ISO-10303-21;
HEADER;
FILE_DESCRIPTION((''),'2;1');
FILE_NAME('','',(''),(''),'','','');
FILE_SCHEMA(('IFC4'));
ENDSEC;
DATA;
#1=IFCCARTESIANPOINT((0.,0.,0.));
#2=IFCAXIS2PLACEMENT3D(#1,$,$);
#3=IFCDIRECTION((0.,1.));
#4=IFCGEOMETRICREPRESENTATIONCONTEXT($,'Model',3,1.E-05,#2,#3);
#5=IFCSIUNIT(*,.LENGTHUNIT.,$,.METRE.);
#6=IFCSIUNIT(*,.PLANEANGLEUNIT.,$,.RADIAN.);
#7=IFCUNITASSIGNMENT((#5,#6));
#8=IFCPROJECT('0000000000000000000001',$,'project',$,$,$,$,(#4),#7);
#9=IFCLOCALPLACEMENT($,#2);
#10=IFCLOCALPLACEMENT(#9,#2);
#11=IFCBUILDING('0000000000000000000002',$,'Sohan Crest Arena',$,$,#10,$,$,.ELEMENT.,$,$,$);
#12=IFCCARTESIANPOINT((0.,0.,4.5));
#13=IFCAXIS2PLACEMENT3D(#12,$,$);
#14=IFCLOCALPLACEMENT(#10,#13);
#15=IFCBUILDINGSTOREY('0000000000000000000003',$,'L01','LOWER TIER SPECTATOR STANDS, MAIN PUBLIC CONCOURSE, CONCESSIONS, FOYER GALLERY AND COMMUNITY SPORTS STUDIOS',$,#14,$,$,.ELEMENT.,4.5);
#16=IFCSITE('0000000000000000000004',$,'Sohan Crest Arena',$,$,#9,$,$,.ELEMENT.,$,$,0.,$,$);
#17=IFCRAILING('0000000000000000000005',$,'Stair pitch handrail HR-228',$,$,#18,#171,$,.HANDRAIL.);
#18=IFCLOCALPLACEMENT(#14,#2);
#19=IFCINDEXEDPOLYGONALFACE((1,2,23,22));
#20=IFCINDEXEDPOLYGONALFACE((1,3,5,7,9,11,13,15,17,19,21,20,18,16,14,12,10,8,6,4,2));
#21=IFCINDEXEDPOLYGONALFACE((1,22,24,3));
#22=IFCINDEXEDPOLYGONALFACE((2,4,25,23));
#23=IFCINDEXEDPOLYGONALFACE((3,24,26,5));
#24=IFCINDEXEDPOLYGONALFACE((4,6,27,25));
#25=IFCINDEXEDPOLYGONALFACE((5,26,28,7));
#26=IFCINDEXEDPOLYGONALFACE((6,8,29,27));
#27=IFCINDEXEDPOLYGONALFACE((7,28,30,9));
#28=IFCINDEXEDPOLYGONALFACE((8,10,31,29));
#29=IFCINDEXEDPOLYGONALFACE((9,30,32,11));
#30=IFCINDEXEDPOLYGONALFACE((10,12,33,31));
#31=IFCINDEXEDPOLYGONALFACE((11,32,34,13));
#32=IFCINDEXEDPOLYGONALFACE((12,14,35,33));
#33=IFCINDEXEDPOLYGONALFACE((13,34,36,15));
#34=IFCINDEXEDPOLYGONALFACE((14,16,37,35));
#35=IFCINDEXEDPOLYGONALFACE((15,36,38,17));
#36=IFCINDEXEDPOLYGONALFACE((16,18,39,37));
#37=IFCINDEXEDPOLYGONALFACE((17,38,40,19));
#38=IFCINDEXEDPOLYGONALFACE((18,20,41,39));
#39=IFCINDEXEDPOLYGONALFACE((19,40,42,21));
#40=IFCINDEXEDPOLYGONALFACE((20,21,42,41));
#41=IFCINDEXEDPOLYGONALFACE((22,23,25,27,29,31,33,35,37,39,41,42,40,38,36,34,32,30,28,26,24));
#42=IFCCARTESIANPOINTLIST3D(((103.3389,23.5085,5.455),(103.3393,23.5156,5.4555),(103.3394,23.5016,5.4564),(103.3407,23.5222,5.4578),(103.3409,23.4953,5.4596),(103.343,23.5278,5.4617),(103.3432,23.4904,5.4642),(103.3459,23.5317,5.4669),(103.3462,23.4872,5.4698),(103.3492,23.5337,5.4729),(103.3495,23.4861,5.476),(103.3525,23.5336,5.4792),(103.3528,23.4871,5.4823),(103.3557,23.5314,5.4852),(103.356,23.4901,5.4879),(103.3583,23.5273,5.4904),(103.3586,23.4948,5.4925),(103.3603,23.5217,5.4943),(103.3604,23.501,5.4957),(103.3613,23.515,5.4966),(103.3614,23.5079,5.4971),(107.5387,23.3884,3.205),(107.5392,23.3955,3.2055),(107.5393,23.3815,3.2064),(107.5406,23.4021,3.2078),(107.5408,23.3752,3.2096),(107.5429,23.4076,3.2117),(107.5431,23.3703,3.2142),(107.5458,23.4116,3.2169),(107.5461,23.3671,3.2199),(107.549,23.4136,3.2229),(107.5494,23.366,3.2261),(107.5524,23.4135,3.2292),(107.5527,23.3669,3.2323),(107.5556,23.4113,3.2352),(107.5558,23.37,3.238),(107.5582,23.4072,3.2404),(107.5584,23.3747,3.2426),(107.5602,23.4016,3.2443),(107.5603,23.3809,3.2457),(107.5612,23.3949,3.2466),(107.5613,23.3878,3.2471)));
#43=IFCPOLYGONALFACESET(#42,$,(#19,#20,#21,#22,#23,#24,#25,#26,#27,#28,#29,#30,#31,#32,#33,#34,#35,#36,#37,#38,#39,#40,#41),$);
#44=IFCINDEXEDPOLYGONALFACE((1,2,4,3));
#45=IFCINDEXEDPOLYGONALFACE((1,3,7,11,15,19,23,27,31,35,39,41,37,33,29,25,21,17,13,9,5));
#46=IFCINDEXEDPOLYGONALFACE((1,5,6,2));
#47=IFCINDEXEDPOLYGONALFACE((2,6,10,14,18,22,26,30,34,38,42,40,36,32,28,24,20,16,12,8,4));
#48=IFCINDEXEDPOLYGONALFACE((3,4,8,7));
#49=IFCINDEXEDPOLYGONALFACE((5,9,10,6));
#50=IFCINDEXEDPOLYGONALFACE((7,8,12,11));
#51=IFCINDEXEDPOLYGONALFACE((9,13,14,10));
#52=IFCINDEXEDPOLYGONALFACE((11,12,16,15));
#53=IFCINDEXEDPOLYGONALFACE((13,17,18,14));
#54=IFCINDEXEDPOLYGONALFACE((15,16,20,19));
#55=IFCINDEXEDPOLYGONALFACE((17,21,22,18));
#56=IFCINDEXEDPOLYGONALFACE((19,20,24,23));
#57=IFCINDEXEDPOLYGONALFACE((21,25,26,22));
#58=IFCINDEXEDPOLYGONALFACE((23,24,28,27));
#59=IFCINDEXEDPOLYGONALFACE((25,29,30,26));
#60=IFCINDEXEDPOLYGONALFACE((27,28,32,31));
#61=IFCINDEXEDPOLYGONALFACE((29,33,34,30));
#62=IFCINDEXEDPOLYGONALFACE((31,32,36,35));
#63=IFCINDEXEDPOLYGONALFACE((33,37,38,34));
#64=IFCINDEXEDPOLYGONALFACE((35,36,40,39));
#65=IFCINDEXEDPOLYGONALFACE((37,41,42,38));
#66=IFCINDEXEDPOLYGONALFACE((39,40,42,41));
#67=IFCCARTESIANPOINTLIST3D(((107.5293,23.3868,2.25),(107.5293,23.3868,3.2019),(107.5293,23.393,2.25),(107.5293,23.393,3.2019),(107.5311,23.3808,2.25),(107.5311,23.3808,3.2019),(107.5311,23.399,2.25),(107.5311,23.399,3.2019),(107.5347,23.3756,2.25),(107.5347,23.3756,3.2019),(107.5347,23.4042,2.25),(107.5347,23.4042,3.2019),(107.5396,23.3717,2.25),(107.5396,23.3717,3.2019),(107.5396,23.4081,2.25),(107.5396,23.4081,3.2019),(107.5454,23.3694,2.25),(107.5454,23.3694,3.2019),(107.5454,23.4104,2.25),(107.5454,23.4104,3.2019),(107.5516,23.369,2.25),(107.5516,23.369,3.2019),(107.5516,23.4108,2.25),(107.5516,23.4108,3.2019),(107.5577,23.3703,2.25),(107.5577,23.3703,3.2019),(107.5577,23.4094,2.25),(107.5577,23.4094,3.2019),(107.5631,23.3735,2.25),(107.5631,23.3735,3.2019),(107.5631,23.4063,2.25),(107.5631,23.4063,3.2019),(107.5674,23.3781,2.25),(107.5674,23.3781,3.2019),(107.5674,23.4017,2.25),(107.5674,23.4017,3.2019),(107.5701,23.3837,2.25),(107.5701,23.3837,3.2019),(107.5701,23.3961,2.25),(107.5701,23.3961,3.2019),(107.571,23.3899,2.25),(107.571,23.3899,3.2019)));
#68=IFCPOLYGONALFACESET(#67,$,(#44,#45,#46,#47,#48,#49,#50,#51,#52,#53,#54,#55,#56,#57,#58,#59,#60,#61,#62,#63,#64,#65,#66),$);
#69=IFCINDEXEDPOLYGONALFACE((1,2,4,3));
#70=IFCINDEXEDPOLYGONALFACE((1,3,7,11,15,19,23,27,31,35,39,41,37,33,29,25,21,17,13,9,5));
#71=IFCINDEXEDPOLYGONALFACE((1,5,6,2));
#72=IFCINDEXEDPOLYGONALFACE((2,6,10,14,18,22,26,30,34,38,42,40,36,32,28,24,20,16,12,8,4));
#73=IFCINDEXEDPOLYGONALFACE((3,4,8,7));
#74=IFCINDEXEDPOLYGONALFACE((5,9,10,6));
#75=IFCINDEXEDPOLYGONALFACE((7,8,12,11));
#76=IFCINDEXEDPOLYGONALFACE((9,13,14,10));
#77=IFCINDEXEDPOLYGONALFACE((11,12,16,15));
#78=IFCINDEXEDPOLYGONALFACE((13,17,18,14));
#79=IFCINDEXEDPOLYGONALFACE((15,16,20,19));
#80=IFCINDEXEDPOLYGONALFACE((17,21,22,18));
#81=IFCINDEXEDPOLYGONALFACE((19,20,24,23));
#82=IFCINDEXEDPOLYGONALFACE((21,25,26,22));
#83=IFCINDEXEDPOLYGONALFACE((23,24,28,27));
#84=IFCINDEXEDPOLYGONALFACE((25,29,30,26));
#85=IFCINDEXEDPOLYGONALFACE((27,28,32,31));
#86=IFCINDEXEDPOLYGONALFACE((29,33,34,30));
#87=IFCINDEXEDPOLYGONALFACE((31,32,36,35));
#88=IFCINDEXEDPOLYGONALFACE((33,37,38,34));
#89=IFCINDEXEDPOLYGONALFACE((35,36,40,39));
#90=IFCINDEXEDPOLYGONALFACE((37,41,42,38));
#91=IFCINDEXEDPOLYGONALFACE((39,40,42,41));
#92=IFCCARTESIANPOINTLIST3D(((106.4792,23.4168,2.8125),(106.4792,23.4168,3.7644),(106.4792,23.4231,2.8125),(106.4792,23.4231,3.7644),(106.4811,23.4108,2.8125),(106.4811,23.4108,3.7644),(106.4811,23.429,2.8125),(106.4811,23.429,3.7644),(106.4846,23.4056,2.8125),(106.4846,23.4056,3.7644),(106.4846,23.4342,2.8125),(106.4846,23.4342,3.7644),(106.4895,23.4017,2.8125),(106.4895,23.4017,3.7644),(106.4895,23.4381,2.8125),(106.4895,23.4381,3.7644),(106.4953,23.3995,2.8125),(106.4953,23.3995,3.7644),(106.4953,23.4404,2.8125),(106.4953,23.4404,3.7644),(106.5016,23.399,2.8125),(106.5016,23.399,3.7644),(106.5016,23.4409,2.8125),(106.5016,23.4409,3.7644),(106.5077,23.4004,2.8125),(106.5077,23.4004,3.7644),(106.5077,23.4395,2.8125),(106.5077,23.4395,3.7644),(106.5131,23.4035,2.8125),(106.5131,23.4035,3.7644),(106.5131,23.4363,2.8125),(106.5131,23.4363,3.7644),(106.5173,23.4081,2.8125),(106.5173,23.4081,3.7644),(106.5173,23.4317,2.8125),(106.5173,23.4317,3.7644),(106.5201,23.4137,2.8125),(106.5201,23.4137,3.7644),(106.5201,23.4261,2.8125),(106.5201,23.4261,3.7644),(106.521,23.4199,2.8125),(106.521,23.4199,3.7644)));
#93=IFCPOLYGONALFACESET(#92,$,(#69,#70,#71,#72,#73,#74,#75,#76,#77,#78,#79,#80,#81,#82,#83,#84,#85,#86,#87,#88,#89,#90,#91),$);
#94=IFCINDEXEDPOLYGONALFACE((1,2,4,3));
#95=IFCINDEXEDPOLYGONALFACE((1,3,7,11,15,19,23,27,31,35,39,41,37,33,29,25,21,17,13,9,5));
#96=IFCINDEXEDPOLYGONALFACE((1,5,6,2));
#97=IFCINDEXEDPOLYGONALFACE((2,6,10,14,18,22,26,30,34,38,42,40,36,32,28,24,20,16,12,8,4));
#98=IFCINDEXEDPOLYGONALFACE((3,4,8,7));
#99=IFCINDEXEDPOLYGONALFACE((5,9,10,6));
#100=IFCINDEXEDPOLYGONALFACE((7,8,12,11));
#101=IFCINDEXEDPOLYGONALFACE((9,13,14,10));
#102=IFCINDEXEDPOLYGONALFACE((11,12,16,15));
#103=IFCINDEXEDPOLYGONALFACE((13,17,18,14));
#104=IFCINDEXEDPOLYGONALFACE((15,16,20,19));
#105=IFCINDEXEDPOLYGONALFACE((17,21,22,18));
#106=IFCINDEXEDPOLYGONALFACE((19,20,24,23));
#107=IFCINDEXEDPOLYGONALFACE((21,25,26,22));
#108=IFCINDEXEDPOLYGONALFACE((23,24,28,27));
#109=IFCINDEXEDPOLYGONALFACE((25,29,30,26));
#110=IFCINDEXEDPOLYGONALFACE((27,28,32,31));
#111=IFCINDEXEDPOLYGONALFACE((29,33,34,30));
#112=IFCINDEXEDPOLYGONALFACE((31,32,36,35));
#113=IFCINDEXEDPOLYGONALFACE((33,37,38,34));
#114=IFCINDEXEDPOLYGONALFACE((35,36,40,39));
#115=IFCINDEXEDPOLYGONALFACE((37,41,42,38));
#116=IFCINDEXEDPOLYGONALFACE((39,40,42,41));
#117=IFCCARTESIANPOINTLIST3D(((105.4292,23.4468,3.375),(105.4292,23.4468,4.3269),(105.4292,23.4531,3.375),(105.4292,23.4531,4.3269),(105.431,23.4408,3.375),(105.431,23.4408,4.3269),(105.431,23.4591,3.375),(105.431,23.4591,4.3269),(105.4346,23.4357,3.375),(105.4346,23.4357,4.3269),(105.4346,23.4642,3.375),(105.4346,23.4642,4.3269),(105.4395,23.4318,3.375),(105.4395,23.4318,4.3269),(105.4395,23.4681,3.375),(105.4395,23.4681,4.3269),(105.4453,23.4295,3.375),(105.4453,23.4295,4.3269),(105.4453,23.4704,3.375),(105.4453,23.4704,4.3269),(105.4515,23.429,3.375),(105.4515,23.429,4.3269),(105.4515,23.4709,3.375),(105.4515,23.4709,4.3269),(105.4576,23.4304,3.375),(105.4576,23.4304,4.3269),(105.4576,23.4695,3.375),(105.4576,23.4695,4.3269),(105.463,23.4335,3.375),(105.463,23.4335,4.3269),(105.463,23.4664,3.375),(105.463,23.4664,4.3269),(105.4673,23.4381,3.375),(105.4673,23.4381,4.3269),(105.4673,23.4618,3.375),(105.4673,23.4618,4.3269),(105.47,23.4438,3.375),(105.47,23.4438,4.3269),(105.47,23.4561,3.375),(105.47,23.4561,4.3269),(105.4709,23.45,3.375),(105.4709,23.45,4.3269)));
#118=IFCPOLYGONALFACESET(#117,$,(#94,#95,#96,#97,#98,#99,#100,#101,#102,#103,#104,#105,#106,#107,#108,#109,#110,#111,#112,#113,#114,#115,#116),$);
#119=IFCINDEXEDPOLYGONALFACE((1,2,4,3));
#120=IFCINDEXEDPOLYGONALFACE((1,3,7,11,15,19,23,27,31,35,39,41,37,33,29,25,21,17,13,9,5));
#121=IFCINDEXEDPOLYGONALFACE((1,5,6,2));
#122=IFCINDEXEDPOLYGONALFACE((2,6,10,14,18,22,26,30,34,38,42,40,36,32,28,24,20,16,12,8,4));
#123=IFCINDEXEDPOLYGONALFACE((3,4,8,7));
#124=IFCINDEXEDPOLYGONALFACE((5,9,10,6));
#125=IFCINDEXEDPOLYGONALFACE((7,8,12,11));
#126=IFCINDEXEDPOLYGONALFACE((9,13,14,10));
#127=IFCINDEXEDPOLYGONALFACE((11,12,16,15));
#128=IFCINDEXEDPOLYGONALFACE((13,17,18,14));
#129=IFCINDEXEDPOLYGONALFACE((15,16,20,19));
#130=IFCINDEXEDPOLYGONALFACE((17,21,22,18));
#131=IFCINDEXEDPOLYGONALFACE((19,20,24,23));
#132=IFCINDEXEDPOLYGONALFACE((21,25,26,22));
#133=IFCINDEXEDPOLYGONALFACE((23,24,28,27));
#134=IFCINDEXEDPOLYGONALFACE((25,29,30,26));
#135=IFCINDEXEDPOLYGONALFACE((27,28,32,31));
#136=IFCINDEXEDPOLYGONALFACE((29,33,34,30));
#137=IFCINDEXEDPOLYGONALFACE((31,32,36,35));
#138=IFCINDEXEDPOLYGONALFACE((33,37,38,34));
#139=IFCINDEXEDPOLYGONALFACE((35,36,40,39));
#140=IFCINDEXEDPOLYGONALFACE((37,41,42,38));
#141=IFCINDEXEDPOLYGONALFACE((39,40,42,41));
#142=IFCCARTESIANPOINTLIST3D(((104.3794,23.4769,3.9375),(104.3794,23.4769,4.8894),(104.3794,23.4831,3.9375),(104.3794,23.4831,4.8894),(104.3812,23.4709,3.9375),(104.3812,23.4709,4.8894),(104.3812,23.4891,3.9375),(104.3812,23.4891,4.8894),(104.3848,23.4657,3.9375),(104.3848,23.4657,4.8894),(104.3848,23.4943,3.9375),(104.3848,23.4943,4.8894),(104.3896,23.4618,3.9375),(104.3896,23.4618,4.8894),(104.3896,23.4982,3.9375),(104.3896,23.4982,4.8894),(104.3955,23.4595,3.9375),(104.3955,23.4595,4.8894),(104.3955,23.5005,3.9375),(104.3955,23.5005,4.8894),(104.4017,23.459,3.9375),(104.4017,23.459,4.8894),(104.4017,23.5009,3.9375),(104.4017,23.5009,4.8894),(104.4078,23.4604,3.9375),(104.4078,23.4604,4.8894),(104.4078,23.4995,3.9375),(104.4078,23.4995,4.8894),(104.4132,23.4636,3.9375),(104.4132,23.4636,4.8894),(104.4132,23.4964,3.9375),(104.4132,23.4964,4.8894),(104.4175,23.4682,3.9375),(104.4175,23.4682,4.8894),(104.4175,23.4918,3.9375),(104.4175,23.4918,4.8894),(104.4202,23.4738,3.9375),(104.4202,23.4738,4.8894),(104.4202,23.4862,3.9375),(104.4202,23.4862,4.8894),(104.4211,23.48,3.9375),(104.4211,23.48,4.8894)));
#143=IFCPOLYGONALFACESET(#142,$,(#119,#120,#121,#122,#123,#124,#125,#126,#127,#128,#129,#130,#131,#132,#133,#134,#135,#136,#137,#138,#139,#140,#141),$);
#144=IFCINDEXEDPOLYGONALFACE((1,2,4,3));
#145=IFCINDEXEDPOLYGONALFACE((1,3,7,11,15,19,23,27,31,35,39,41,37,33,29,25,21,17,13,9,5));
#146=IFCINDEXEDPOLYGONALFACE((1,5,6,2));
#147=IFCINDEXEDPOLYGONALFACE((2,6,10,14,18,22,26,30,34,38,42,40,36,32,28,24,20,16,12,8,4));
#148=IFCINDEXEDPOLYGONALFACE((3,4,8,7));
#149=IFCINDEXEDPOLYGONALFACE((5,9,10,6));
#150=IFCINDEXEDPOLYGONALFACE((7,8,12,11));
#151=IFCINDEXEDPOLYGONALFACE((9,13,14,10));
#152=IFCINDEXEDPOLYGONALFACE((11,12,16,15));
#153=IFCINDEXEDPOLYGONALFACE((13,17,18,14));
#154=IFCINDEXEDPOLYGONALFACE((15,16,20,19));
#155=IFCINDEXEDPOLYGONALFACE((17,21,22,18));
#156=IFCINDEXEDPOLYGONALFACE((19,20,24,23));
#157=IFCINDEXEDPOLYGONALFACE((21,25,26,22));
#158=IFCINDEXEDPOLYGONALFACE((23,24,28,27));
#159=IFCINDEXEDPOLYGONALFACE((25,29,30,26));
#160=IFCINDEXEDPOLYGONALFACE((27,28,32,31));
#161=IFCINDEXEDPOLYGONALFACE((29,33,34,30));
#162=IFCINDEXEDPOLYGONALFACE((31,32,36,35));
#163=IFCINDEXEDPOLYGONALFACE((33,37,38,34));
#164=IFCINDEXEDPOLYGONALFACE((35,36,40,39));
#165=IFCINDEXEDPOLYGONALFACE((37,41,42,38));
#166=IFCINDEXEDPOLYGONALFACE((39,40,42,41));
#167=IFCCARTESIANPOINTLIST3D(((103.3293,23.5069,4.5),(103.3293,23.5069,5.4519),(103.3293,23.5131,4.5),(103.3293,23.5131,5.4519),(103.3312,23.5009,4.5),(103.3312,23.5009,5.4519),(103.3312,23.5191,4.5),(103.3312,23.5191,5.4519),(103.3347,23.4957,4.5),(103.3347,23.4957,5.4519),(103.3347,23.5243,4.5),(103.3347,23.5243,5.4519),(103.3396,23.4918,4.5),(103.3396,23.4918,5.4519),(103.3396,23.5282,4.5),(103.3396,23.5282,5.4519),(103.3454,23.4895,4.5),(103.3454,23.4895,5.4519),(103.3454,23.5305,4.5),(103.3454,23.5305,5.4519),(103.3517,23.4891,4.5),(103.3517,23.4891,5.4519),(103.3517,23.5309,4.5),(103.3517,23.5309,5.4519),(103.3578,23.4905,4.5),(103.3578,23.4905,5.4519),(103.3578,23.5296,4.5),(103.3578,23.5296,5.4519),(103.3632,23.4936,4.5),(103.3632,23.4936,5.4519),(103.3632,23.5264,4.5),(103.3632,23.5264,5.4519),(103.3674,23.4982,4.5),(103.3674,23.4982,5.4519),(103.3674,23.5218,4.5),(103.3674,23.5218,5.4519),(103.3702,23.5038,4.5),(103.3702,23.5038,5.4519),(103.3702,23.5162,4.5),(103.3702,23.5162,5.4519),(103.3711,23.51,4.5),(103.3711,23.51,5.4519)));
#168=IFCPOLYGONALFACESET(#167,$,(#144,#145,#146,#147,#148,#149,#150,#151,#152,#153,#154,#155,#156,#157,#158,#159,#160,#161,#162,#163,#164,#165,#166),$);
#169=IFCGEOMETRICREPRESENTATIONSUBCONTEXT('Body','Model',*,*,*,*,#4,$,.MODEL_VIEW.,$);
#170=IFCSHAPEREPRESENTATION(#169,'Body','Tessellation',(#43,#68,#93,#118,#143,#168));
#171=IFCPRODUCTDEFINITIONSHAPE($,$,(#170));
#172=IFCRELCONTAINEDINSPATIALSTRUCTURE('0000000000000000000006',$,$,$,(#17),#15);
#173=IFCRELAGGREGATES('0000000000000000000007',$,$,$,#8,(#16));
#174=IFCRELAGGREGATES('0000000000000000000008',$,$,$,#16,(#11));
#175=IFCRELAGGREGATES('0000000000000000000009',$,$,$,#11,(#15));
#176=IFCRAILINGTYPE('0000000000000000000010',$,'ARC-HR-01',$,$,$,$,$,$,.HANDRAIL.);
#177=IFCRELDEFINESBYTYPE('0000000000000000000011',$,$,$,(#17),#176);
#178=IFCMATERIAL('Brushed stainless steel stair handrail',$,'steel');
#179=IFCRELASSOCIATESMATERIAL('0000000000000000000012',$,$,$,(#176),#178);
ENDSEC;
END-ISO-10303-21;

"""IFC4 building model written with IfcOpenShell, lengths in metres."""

from ifc_helpers import new_model, si_unit, direction, frame, origin, origin_2d, place, context, subcontext, project, spatial, circle, extrude, material, type_object, element, save


model = new_model("IFC4")

# Units and contexts
model_context = context("Model", 3, precision=1e-05, world=origin(), true_north=direction((0.0, 1.0)))
body_context = subcontext(model_context, "Body", "Model", "MODEL_VIEW")
ifc_project = project(units=[si_unit("LENGTHUNIT", "METRE"), si_unit("PLANEANGLEUNIT", "RADIAN")], contexts=[model_context])

# Site, building, storey
site_placement = place(None, origin())
site = spatial("IfcSite", under=ifc_project, at=site_placement, Name="Sohan Crest Arena", CompositionType="ELEMENT", RefElevation=0.0)
building_placement = place(site_placement, origin())
building = spatial("IfcBuilding", under=site, at=building_placement, Name="Sohan Crest Arena", CompositionType="ELEMENT")
storey_placement = place(building_placement, frame((0.0, 0.0, 4.5)))
storey = spatial("IfcBuildingStorey", under=building, at=storey_placement, Name="L01", Description="LOWER TIER SPECTATOR STANDS, MAIN PUBLIC CONCOURSE, CONCESSIONS, FOYER GALLERY AND COMMUNITY SPORTS STUDIOS", CompositionType="ELEMENT", Elevation=4.5)

# Railing
ifc_material_1 = material(Name="Brushed stainless steel stair handrail", Category="steel")
railing_type = type_object("IfcRailingType", Name="ARC-HR-01", PredefinedType="HANDRAIL", material=ifc_material_1)
for number, where, name in (
    (1, (107.55, 23.3899, 2.25), "Stair pitch handrail HR-228"),
):
    element("IfcRailing", number, at=place(storey_placement, frame(where)), inside=storey, type_object=railing_type, Name=name, PredefinedType="HANDRAIL", context=body_context, shape_type="SweptSolid", body=[
        extrude(circle(Radius=0.0239, at=origin_2d()), frame((0.0, 0.0, 0.9761), z_axis=(-0.881198, 0.025202, 0.472076), x_axis=(-0.028588, -0.999591, 0.0)), (0.0, 0.0, 1.0), 4.7661),
        extrude(circle(Radius=0.021, at=origin_2d()), origin(), (0.0, 0.0, 1.0), 0.9519),
        extrude(circle(Radius=0.021, at=origin_2d()), frame((-1.05, 0.03, 0.5625)), (0.0, 0.0, 1.0), 0.9519),
        extrude(circle(Radius=0.021, at=origin_2d()), frame((-2.1001, 0.0601, 1.125)), (0.0, 0.0, 1.0), 0.9519),
        extrude(circle(Radius=0.021, at=origin_2d()), frame((-3.1499, 0.0901, 1.6875)), (0.0, 0.0, 1.0), 0.9519),
        extrude(circle(Radius=0.021, at=origin_2d()), frame((-4.2, 0.1201, 2.25)), (0.0, 0.0, 1.0), 0.9519),
    ])

save(model, "model.ifc")
